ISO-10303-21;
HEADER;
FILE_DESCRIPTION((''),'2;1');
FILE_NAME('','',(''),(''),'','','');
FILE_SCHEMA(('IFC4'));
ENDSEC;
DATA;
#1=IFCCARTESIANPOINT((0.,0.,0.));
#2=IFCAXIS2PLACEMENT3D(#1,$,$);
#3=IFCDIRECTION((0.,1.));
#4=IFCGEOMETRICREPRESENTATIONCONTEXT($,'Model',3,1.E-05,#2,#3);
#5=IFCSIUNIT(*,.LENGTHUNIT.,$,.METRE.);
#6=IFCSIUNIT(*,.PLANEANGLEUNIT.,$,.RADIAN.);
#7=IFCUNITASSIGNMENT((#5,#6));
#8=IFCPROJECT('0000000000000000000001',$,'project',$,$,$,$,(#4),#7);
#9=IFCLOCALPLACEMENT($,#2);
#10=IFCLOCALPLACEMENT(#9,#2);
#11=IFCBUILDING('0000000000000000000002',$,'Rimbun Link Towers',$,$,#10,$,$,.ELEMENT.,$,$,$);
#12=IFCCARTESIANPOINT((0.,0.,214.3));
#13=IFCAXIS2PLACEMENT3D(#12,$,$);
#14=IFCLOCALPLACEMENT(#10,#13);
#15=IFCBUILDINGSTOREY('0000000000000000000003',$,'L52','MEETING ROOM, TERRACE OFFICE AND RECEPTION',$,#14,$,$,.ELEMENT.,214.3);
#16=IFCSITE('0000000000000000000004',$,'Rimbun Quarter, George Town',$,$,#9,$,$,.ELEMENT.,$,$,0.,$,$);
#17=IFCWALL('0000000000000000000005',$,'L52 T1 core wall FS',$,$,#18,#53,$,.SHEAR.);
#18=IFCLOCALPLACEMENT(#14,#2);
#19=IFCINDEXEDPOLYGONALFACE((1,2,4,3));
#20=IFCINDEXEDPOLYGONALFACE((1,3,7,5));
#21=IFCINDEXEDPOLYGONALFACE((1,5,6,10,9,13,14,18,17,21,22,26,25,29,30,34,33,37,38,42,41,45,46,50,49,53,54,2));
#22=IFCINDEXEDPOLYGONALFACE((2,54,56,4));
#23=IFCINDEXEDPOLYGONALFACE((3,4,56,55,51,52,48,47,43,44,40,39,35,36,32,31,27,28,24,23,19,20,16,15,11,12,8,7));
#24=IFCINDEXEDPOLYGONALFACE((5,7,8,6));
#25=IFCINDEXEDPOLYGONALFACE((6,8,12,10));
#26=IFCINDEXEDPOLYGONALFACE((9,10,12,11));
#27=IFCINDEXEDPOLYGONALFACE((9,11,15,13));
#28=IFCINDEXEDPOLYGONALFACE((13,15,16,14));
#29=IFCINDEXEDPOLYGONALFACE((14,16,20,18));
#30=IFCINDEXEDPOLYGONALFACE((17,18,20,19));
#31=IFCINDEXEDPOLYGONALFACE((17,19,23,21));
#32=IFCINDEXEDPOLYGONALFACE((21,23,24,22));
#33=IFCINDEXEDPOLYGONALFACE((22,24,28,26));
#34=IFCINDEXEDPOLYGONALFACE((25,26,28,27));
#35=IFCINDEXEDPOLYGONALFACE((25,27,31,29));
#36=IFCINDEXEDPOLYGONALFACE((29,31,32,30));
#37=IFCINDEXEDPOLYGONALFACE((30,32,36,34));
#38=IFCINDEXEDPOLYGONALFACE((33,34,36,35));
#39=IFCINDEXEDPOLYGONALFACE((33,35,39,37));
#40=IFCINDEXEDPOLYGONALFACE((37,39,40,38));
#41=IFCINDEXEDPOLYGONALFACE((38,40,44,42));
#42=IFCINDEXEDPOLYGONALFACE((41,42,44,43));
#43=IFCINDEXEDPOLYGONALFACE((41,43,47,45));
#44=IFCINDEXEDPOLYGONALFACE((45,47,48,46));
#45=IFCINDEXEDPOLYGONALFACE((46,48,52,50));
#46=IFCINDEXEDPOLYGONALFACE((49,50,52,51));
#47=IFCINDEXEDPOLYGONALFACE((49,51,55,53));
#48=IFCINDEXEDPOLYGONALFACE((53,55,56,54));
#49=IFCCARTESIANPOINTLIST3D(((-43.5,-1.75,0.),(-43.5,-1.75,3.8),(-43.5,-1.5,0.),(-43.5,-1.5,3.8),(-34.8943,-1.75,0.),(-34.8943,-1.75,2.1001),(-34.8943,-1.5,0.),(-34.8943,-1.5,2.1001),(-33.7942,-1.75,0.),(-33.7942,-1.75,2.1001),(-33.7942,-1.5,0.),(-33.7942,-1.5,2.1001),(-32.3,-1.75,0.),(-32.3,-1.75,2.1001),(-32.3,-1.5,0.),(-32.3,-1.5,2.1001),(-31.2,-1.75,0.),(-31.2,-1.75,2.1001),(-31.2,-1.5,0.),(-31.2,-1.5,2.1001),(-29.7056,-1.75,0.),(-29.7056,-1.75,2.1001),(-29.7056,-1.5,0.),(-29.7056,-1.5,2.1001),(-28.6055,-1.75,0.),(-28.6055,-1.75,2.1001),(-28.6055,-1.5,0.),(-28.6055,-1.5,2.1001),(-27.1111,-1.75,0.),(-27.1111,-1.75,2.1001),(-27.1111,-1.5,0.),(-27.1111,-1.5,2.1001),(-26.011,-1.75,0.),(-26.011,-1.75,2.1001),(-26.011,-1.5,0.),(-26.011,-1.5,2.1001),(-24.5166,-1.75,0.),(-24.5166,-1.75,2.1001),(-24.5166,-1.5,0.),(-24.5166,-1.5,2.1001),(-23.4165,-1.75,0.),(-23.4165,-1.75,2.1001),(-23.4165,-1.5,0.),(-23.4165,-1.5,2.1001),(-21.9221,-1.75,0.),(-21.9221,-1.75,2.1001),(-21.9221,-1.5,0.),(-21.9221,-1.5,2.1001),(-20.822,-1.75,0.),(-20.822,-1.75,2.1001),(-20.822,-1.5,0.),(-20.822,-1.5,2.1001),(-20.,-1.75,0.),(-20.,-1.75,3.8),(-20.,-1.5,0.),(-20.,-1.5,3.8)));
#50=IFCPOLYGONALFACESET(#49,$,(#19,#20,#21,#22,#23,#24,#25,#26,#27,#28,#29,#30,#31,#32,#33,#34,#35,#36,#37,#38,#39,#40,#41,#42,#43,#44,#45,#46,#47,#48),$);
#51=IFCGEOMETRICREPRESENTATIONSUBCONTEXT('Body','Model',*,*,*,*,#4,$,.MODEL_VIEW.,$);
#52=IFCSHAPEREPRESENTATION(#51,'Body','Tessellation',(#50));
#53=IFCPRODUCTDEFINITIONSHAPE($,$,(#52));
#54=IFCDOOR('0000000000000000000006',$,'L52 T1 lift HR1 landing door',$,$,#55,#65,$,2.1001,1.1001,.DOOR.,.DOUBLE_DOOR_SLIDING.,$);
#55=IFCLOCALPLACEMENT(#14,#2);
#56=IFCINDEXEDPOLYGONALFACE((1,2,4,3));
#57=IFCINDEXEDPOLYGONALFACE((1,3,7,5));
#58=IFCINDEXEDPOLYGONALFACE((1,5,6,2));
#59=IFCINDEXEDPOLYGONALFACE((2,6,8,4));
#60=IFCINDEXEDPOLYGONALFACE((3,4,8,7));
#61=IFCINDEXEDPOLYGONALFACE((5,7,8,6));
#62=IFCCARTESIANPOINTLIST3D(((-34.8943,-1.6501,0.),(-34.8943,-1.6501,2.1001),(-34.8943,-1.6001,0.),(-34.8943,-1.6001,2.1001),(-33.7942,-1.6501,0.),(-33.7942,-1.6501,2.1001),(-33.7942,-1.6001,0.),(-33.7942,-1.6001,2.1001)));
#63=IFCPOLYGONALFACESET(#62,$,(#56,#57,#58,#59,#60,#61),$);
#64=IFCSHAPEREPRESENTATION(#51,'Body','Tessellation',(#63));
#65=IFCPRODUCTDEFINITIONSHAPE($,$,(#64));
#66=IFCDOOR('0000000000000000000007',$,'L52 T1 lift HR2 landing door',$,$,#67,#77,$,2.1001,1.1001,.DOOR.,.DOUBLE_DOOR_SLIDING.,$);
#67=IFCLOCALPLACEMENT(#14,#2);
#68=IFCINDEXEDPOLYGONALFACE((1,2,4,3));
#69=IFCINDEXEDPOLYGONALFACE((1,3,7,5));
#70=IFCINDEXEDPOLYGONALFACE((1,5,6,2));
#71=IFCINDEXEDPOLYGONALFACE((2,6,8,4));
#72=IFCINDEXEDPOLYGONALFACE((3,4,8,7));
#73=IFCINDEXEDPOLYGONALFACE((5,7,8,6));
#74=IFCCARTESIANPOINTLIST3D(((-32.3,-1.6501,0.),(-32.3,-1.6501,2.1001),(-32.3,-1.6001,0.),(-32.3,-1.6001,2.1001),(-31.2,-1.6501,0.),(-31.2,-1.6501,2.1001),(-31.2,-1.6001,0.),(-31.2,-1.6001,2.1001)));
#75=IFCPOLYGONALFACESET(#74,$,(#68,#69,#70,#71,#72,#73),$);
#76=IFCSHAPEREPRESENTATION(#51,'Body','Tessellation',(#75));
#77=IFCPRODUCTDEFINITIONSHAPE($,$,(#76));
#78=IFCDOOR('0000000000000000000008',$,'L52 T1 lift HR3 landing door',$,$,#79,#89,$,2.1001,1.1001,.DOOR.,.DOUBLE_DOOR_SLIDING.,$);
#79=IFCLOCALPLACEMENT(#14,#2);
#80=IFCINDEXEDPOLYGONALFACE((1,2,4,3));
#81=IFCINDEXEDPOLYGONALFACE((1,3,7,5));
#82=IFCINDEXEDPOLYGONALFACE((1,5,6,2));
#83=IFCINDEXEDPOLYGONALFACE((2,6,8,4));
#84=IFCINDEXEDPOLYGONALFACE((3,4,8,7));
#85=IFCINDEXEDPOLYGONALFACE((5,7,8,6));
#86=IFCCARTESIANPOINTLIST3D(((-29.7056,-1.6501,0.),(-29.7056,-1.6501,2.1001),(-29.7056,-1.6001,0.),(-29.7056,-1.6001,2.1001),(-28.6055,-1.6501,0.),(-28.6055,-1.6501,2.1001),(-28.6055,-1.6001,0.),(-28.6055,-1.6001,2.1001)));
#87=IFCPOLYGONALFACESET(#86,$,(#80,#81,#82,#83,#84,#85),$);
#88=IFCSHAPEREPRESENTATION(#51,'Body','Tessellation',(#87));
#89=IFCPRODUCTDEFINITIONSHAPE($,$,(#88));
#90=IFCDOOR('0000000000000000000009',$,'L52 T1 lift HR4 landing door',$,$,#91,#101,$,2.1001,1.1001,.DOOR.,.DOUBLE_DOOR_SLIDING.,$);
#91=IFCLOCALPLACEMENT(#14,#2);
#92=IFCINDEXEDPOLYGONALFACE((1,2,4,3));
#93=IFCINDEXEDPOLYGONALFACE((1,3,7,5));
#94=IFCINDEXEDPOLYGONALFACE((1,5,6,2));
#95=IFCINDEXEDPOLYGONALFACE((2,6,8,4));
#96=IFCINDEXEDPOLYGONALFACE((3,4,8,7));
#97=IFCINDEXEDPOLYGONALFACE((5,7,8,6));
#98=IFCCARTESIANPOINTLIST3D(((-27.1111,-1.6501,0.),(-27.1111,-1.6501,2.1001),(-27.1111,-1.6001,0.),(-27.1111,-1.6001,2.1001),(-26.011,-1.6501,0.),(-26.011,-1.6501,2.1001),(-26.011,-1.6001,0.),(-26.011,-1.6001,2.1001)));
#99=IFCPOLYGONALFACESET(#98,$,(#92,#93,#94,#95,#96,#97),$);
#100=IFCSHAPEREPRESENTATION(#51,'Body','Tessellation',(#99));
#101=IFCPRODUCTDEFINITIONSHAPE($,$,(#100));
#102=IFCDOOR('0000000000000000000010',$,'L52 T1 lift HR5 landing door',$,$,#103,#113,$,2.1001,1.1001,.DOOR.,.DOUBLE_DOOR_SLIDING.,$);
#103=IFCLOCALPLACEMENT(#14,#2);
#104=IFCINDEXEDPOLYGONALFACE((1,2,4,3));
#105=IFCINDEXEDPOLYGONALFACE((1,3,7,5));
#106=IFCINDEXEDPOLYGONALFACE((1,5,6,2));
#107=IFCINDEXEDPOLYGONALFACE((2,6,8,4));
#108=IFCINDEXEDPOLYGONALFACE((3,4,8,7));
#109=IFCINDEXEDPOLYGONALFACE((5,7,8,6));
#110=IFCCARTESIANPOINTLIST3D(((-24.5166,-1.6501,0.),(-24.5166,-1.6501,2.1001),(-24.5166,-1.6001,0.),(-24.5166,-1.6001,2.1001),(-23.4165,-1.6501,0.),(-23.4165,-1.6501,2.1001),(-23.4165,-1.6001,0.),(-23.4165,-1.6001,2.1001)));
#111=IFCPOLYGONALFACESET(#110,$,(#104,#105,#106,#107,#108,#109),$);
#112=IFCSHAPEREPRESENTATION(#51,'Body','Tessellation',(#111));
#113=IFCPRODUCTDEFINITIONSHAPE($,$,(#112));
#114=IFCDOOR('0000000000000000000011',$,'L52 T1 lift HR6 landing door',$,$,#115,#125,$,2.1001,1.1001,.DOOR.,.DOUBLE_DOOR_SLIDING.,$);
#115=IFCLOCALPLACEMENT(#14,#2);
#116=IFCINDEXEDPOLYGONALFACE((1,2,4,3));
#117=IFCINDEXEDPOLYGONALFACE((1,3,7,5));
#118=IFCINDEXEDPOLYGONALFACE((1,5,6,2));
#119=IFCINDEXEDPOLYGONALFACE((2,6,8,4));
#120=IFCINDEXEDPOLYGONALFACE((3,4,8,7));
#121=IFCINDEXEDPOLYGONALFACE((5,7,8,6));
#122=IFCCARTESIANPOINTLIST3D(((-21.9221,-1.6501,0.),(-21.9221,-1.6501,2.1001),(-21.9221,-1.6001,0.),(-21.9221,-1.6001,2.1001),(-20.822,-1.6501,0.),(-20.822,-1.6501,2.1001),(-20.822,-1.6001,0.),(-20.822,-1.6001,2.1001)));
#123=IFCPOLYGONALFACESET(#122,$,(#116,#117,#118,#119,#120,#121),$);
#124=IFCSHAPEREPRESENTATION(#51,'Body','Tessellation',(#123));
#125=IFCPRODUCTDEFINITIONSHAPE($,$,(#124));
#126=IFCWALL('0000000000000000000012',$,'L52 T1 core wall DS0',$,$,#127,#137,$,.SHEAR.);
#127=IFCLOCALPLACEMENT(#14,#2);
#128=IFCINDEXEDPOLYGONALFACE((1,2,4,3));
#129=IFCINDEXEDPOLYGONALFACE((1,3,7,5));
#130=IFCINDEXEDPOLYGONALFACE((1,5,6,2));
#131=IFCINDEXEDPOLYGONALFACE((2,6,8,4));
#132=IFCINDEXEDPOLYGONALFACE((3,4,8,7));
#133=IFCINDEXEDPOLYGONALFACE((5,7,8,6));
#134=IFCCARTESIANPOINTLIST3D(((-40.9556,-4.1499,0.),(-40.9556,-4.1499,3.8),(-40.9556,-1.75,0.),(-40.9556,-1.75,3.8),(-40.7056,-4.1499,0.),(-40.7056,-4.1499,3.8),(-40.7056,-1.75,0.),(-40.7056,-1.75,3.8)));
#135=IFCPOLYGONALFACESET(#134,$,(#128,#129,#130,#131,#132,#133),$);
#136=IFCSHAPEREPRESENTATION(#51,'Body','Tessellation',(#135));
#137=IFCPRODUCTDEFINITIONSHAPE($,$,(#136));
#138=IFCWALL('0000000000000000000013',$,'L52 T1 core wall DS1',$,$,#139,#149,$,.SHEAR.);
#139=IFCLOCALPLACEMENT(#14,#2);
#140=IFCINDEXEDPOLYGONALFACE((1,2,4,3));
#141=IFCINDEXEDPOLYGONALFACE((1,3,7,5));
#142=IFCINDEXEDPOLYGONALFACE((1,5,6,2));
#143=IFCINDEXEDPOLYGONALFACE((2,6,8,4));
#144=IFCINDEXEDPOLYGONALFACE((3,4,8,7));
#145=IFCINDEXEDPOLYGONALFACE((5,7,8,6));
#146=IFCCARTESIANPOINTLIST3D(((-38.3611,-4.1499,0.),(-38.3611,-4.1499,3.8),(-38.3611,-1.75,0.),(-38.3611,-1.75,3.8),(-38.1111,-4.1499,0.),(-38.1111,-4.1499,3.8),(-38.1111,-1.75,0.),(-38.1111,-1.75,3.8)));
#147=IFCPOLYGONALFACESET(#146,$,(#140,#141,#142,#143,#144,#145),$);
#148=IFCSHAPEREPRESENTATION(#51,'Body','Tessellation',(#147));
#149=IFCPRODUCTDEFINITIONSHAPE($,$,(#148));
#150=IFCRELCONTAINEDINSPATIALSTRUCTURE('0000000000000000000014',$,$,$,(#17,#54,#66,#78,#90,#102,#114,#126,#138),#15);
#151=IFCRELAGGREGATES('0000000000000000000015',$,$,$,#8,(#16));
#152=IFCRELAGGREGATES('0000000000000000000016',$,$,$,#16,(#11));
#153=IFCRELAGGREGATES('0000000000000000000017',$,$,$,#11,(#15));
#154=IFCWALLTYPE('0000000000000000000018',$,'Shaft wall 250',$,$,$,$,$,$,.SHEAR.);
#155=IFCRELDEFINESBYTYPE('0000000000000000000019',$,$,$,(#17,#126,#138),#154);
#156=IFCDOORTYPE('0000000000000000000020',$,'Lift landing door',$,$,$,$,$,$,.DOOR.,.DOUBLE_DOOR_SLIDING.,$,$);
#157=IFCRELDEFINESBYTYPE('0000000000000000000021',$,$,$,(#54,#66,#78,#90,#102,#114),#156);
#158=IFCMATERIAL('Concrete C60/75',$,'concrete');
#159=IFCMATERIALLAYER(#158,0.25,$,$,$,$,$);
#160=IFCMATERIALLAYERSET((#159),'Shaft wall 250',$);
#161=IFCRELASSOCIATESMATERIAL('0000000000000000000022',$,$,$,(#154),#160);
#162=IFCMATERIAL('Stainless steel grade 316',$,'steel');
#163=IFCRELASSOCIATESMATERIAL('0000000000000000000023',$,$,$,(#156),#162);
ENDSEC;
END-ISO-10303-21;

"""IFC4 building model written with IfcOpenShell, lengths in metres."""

from ifc_helpers import new_model, si_unit, direction, frame, frame_2d, origin, place, context, subcontext, project, spatial, rectangle, extrude, material, layer, layer_set, type_object, element, fill, save


model = new_model("IFC4")

# Units and contexts
model_context = context("Model", 3, precision=1e-05, world=origin(), true_north=direction((0.0, 1.0)))
body_context = subcontext(model_context, "Body", "Model", "MODEL_VIEW")
ifc_project = project(units=[si_unit("LENGTHUNIT", "METRE"), si_unit("PLANEANGLEUNIT", "RADIAN")], contexts=[model_context])

# Site, building, storey
site_placement = place(None, origin())
site = spatial("IfcSite", under=ifc_project, at=site_placement, Name="Rimbun Quarter, George Town", CompositionType="ELEMENT", RefElevation=0.0)
building_placement = place(site_placement, origin())
building = spatial("IfcBuilding", under=site, at=building_placement, Name="Rimbun Link Towers", CompositionType="ELEMENT")
storey_placement = place(building_placement, frame((0.0, 0.0, 214.3)))
storey = spatial("IfcBuildingStorey", under=building, at=storey_placement, Name="L52", Description="MEETING ROOM, TERRACE OFFICE AND RECEPTION", CompositionType="ELEMENT", Elevation=214.3)

# Shared definitions
ifc_material_1 = material(Name="Concrete C60/75", Category="concrete")
ifc_layer_1 = layer(ifc_material_1, 0.25)
ifc_layer_set_1 = layer_set([ifc_layer_1], Name="Shaft wall 250")
wall_type_1 = type_object("IfcWallType", Name="Shaft wall 250", PredefinedType="SHEAR", material=ifc_layer_set_1)

# Wall, openings, doors
wall_1_placement = place(storey_placement, frame((-43.5, -1.625, 0.0), z_axis=(0.0, 0.0, 1.0), x_axis=(1.0, 0.0, 0.0)))
wall_1 = element("IfcWall", 1, at=wall_1_placement, inside=storey, type_object=wall_type_1, Name="L52 T1 core wall FS", PredefinedType="SHEAR", context=body_context, shape_type="SweptSolid", body=[
    extrude(rectangle(XDim=23.5, YDim=0.25, at=frame_2d((11.75, 0.0))), origin(), (0.0, 0.0, 1.0), 3.8),
])
opening_1_placement = place(wall_1_placement, frame((8.6057, 0.0, 0.0)))
opening_1 = element("IfcOpeningElement", 2, at=opening_1_placement, cuts=wall_1, PredefinedType="OPENING", context=body_context, shape_type="SweptSolid", body=[
    extrude(rectangle(XDim=1.1001, YDim=2.1001, at=frame_2d((0.55, 1.05))), frame((0.0, 0.135, 0.0), z_axis=(0.0, -1.0, 0.0), x_axis=(1.0, 0.0, 0.0)), (0.0, 0.0, 1.0), 0.27),
])
opening_2_placement = place(wall_1_placement, frame((11.2, 0.0, 0.0)))
opening_2 = element("IfcOpeningElement", 3, at=opening_2_placement, cuts=wall_1, PredefinedType="OPENING", context=body_context, shape_type="SweptSolid", body=[
    extrude(rectangle(XDim=1.1001, YDim=2.1001, at=frame_2d((0.55, 1.05))), frame((0.0, 0.135, 0.0), z_axis=(0.0, -1.0, 0.0), x_axis=(1.0, 0.0, 0.0)), (0.0, 0.0, 1.0), 0.27),
])
opening_3_placement = place(wall_1_placement, frame((13.7944, 0.0, 0.0)))
opening_3 = element("IfcOpeningElement", 4, at=opening_3_placement, cuts=wall_1, PredefinedType="OPENING", context=body_context, shape_type="SweptSolid", body=[
    extrude(rectangle(XDim=1.1001, YDim=2.1001, at=frame_2d((0.55, 1.05))), frame((0.0, 0.135, 0.0), z_axis=(0.0, -1.0, 0.0), x_axis=(1.0, 0.0, 0.0)), (0.0, 0.0, 1.0), 0.27),
])
opening_4_placement = place(wall_1_placement, frame((16.3889, 0.0, 0.0)))
opening_4 = element("IfcOpeningElement", 5, at=opening_4_placement, cuts=wall_1, PredefinedType="OPENING", context=body_context, shape_type="SweptSolid", body=[
    extrude(rectangle(XDim=1.1001, YDim=2.1001, at=frame_2d((0.55, 1.05))), frame((0.0, 0.135, 0.0), z_axis=(0.0, -1.0, 0.0), x_axis=(1.0, 0.0, 0.0)), (0.0, 0.0, 1.0), 0.27),
])
opening_5_placement = place(wall_1_placement, frame((18.9834, 0.0, 0.0)))
opening_5 = element("IfcOpeningElement", 6, at=opening_5_placement, cuts=wall_1, PredefinedType="OPENING", context=body_context, shape_type="SweptSolid", body=[
    extrude(rectangle(XDim=1.1001, YDim=2.1001, at=frame_2d((0.55, 1.05))), frame((0.0, 0.135, 0.0), z_axis=(0.0, -1.0, 0.0), x_axis=(1.0, 0.0, 0.0)), (0.0, 0.0, 1.0), 0.27),
])
opening_6_placement = place(wall_1_placement, frame((21.5779, 0.0, 0.0)))
opening_6 = element("IfcOpeningElement", 7, at=opening_6_placement, cuts=wall_1, PredefinedType="OPENING", context=body_context, shape_type="SweptSolid", body=[
    extrude(rectangle(XDim=1.1001, YDim=2.1001, at=frame_2d((0.55, 1.05))), frame((0.0, 0.135, 0.0), z_axis=(0.0, -1.0, 0.0), x_axis=(1.0, 0.0, 0.0)), (0.0, 0.0, 1.0), 0.27),
])
ifc_material_2 = material(Name="Stainless steel grade 316", Category="steel")
door_type_1 = type_object("IfcDoorType", Name="Lift landing door", OperationType="DOUBLE_DOOR_SLIDING", PredefinedType="DOOR", material=ifc_material_2)
door_1_placement = place(opening_1_placement, origin())
door_1 = element("IfcDoor", 8, at=door_1_placement, inside=storey, type_object=door_type_1, Name="L52 T1 lift HR1 landing door", OperationType="DOUBLE_DOOR_SLIDING", OverallHeight=2.1001, OverallWidth=1.1001, PredefinedType="DOOR", context=body_context, shape_type="SweptSolid", body=[
    extrude(rectangle(XDim=1.1001, YDim=2.1001, at=frame_2d((0.55, 1.05))), frame((0.0, 0.0249, 0.0), z_axis=(0.0, -1.0, 0.0), x_axis=(1.0, 0.0, 0.0)), (0.0, 0.0, 1.0), 0.05),
])
fill(opening_1, door_1)
door_2_placement = place(opening_2_placement, origin())
door_2 = element("IfcDoor", 9, at=door_2_placement, inside=storey, type_object=door_type_1, Name="L52 T1 lift HR2 landing door", OperationType="DOUBLE_DOOR_SLIDING", OverallHeight=2.1001, OverallWidth=1.1001, PredefinedType="DOOR", context=body_context, shape_type="SweptSolid", body=[
    extrude(rectangle(XDim=1.1001, YDim=2.1001, at=frame_2d((0.55, 1.05))), frame((0.0, 0.0249, 0.0), z_axis=(0.0, -1.0, 0.0), x_axis=(1.0, 0.0, 0.0)), (0.0, 0.0, 1.0), 0.05),
])
fill(opening_2, door_2)
door_3_placement = place(opening_3_placement, origin())
door_3 = element("IfcDoor", 10, at=door_3_placement, inside=storey, type_object=door_type_1, Name="L52 T1 lift HR3 landing door", OperationType="DOUBLE_DOOR_SLIDING", OverallHeight=2.1001, OverallWidth=1.1001, PredefinedType="DOOR", context=body_context, shape_type="SweptSolid", body=[
    extrude(rectangle(XDim=1.1001, YDim=2.1001, at=frame_2d((0.55, 1.05))), frame((0.0, 0.0249, 0.0), z_axis=(0.0, -1.0, 0.0), x_axis=(1.0, 0.0, 0.0)), (0.0, 0.0, 1.0), 0.05),
])
fill(opening_3, door_3)
door_4_placement = place(opening_4_placement, origin())
door_4 = element("IfcDoor", 11, at=door_4_placement, inside=storey, type_object=door_type_1, Name="L52 T1 lift HR4 landing door", OperationType="DOUBLE_DOOR_SLIDING", OverallHeight=2.1001, OverallWidth=1.1001, PredefinedType="DOOR", context=body_context, shape_type="SweptSolid", body=[
    extrude(rectangle(XDim=1.1001, YDim=2.1001, at=frame_2d((0.55, 1.05))), frame((0.0, 0.0249, 0.0), z_axis=(0.0, -1.0, 0.0), x_axis=(1.0, 0.0, 0.0)), (0.0, 0.0, 1.0), 0.05),
])
fill(opening_4, door_4)
door_5_placement = place(opening_5_placement, origin())
door_5 = element("IfcDoor", 12, at=door_5_placement, inside=storey, type_object=door_type_1, Name="L52 T1 lift HR5 landing door", OperationType="DOUBLE_DOOR_SLIDING", OverallHeight=2.1001, OverallWidth=1.1001, PredefinedType="DOOR", context=body_context, shape_type="SweptSolid", body=[
    extrude(rectangle(XDim=1.1001, YDim=2.1001, at=frame_2d((0.55, 1.05))), frame((0.0, 0.0249, 0.0), z_axis=(0.0, -1.0, 0.0), x_axis=(1.0, 0.0, 0.0)), (0.0, 0.0, 1.0), 0.05),
])
fill(opening_5, door_5)
door_6_placement = place(opening_6_placement, origin())
door_6 = element("IfcDoor", 13, at=door_6_placement, inside=storey, type_object=door_type_1, Name="L52 T1 lift HR6 landing door", OperationType="DOUBLE_DOOR_SLIDING", OverallHeight=2.1001, OverallWidth=1.1001, PredefinedType="DOOR", context=body_context, shape_type="SweptSolid", body=[
    extrude(rectangle(XDim=1.1001, YDim=2.1001, at=frame_2d((0.55, 1.05))), frame((0.0, 0.0249, 0.0), z_axis=(0.0, -1.0, 0.0), x_axis=(1.0, 0.0, 0.0)), (0.0, 0.0, 1.0), 0.05),
])
fill(opening_6, door_6)

# Walls
for number, where, z_axis, x_axis, name in (
    (14, (-40.8306, -4.1499, 0.0), (0.0, 0.0, 1.0), (0.0, 1.0, 0.0), "L52 T1 core wall DS0"),
    (15, (-38.2361, -4.1499, 0.0), (0.0, 0.0, 1.0), (0.0, 1.0, 0.0), "L52 T1 core wall DS1"),
):
    element("IfcWall", number, at=place(storey_placement, frame(where, z_axis=z_axis, x_axis=x_axis)), inside=storey, type_object=wall_type_1, Name=name, PredefinedType="SHEAR", context=body_context, shape_type="SweptSolid", body=[
        extrude(rectangle(XDim=2.3999, YDim=0.25, at=frame_2d((1.2, 0.0))), origin(), (0.0, 0.0, 1.0), 3.8),
    ])

save(model, "model.ifc")
